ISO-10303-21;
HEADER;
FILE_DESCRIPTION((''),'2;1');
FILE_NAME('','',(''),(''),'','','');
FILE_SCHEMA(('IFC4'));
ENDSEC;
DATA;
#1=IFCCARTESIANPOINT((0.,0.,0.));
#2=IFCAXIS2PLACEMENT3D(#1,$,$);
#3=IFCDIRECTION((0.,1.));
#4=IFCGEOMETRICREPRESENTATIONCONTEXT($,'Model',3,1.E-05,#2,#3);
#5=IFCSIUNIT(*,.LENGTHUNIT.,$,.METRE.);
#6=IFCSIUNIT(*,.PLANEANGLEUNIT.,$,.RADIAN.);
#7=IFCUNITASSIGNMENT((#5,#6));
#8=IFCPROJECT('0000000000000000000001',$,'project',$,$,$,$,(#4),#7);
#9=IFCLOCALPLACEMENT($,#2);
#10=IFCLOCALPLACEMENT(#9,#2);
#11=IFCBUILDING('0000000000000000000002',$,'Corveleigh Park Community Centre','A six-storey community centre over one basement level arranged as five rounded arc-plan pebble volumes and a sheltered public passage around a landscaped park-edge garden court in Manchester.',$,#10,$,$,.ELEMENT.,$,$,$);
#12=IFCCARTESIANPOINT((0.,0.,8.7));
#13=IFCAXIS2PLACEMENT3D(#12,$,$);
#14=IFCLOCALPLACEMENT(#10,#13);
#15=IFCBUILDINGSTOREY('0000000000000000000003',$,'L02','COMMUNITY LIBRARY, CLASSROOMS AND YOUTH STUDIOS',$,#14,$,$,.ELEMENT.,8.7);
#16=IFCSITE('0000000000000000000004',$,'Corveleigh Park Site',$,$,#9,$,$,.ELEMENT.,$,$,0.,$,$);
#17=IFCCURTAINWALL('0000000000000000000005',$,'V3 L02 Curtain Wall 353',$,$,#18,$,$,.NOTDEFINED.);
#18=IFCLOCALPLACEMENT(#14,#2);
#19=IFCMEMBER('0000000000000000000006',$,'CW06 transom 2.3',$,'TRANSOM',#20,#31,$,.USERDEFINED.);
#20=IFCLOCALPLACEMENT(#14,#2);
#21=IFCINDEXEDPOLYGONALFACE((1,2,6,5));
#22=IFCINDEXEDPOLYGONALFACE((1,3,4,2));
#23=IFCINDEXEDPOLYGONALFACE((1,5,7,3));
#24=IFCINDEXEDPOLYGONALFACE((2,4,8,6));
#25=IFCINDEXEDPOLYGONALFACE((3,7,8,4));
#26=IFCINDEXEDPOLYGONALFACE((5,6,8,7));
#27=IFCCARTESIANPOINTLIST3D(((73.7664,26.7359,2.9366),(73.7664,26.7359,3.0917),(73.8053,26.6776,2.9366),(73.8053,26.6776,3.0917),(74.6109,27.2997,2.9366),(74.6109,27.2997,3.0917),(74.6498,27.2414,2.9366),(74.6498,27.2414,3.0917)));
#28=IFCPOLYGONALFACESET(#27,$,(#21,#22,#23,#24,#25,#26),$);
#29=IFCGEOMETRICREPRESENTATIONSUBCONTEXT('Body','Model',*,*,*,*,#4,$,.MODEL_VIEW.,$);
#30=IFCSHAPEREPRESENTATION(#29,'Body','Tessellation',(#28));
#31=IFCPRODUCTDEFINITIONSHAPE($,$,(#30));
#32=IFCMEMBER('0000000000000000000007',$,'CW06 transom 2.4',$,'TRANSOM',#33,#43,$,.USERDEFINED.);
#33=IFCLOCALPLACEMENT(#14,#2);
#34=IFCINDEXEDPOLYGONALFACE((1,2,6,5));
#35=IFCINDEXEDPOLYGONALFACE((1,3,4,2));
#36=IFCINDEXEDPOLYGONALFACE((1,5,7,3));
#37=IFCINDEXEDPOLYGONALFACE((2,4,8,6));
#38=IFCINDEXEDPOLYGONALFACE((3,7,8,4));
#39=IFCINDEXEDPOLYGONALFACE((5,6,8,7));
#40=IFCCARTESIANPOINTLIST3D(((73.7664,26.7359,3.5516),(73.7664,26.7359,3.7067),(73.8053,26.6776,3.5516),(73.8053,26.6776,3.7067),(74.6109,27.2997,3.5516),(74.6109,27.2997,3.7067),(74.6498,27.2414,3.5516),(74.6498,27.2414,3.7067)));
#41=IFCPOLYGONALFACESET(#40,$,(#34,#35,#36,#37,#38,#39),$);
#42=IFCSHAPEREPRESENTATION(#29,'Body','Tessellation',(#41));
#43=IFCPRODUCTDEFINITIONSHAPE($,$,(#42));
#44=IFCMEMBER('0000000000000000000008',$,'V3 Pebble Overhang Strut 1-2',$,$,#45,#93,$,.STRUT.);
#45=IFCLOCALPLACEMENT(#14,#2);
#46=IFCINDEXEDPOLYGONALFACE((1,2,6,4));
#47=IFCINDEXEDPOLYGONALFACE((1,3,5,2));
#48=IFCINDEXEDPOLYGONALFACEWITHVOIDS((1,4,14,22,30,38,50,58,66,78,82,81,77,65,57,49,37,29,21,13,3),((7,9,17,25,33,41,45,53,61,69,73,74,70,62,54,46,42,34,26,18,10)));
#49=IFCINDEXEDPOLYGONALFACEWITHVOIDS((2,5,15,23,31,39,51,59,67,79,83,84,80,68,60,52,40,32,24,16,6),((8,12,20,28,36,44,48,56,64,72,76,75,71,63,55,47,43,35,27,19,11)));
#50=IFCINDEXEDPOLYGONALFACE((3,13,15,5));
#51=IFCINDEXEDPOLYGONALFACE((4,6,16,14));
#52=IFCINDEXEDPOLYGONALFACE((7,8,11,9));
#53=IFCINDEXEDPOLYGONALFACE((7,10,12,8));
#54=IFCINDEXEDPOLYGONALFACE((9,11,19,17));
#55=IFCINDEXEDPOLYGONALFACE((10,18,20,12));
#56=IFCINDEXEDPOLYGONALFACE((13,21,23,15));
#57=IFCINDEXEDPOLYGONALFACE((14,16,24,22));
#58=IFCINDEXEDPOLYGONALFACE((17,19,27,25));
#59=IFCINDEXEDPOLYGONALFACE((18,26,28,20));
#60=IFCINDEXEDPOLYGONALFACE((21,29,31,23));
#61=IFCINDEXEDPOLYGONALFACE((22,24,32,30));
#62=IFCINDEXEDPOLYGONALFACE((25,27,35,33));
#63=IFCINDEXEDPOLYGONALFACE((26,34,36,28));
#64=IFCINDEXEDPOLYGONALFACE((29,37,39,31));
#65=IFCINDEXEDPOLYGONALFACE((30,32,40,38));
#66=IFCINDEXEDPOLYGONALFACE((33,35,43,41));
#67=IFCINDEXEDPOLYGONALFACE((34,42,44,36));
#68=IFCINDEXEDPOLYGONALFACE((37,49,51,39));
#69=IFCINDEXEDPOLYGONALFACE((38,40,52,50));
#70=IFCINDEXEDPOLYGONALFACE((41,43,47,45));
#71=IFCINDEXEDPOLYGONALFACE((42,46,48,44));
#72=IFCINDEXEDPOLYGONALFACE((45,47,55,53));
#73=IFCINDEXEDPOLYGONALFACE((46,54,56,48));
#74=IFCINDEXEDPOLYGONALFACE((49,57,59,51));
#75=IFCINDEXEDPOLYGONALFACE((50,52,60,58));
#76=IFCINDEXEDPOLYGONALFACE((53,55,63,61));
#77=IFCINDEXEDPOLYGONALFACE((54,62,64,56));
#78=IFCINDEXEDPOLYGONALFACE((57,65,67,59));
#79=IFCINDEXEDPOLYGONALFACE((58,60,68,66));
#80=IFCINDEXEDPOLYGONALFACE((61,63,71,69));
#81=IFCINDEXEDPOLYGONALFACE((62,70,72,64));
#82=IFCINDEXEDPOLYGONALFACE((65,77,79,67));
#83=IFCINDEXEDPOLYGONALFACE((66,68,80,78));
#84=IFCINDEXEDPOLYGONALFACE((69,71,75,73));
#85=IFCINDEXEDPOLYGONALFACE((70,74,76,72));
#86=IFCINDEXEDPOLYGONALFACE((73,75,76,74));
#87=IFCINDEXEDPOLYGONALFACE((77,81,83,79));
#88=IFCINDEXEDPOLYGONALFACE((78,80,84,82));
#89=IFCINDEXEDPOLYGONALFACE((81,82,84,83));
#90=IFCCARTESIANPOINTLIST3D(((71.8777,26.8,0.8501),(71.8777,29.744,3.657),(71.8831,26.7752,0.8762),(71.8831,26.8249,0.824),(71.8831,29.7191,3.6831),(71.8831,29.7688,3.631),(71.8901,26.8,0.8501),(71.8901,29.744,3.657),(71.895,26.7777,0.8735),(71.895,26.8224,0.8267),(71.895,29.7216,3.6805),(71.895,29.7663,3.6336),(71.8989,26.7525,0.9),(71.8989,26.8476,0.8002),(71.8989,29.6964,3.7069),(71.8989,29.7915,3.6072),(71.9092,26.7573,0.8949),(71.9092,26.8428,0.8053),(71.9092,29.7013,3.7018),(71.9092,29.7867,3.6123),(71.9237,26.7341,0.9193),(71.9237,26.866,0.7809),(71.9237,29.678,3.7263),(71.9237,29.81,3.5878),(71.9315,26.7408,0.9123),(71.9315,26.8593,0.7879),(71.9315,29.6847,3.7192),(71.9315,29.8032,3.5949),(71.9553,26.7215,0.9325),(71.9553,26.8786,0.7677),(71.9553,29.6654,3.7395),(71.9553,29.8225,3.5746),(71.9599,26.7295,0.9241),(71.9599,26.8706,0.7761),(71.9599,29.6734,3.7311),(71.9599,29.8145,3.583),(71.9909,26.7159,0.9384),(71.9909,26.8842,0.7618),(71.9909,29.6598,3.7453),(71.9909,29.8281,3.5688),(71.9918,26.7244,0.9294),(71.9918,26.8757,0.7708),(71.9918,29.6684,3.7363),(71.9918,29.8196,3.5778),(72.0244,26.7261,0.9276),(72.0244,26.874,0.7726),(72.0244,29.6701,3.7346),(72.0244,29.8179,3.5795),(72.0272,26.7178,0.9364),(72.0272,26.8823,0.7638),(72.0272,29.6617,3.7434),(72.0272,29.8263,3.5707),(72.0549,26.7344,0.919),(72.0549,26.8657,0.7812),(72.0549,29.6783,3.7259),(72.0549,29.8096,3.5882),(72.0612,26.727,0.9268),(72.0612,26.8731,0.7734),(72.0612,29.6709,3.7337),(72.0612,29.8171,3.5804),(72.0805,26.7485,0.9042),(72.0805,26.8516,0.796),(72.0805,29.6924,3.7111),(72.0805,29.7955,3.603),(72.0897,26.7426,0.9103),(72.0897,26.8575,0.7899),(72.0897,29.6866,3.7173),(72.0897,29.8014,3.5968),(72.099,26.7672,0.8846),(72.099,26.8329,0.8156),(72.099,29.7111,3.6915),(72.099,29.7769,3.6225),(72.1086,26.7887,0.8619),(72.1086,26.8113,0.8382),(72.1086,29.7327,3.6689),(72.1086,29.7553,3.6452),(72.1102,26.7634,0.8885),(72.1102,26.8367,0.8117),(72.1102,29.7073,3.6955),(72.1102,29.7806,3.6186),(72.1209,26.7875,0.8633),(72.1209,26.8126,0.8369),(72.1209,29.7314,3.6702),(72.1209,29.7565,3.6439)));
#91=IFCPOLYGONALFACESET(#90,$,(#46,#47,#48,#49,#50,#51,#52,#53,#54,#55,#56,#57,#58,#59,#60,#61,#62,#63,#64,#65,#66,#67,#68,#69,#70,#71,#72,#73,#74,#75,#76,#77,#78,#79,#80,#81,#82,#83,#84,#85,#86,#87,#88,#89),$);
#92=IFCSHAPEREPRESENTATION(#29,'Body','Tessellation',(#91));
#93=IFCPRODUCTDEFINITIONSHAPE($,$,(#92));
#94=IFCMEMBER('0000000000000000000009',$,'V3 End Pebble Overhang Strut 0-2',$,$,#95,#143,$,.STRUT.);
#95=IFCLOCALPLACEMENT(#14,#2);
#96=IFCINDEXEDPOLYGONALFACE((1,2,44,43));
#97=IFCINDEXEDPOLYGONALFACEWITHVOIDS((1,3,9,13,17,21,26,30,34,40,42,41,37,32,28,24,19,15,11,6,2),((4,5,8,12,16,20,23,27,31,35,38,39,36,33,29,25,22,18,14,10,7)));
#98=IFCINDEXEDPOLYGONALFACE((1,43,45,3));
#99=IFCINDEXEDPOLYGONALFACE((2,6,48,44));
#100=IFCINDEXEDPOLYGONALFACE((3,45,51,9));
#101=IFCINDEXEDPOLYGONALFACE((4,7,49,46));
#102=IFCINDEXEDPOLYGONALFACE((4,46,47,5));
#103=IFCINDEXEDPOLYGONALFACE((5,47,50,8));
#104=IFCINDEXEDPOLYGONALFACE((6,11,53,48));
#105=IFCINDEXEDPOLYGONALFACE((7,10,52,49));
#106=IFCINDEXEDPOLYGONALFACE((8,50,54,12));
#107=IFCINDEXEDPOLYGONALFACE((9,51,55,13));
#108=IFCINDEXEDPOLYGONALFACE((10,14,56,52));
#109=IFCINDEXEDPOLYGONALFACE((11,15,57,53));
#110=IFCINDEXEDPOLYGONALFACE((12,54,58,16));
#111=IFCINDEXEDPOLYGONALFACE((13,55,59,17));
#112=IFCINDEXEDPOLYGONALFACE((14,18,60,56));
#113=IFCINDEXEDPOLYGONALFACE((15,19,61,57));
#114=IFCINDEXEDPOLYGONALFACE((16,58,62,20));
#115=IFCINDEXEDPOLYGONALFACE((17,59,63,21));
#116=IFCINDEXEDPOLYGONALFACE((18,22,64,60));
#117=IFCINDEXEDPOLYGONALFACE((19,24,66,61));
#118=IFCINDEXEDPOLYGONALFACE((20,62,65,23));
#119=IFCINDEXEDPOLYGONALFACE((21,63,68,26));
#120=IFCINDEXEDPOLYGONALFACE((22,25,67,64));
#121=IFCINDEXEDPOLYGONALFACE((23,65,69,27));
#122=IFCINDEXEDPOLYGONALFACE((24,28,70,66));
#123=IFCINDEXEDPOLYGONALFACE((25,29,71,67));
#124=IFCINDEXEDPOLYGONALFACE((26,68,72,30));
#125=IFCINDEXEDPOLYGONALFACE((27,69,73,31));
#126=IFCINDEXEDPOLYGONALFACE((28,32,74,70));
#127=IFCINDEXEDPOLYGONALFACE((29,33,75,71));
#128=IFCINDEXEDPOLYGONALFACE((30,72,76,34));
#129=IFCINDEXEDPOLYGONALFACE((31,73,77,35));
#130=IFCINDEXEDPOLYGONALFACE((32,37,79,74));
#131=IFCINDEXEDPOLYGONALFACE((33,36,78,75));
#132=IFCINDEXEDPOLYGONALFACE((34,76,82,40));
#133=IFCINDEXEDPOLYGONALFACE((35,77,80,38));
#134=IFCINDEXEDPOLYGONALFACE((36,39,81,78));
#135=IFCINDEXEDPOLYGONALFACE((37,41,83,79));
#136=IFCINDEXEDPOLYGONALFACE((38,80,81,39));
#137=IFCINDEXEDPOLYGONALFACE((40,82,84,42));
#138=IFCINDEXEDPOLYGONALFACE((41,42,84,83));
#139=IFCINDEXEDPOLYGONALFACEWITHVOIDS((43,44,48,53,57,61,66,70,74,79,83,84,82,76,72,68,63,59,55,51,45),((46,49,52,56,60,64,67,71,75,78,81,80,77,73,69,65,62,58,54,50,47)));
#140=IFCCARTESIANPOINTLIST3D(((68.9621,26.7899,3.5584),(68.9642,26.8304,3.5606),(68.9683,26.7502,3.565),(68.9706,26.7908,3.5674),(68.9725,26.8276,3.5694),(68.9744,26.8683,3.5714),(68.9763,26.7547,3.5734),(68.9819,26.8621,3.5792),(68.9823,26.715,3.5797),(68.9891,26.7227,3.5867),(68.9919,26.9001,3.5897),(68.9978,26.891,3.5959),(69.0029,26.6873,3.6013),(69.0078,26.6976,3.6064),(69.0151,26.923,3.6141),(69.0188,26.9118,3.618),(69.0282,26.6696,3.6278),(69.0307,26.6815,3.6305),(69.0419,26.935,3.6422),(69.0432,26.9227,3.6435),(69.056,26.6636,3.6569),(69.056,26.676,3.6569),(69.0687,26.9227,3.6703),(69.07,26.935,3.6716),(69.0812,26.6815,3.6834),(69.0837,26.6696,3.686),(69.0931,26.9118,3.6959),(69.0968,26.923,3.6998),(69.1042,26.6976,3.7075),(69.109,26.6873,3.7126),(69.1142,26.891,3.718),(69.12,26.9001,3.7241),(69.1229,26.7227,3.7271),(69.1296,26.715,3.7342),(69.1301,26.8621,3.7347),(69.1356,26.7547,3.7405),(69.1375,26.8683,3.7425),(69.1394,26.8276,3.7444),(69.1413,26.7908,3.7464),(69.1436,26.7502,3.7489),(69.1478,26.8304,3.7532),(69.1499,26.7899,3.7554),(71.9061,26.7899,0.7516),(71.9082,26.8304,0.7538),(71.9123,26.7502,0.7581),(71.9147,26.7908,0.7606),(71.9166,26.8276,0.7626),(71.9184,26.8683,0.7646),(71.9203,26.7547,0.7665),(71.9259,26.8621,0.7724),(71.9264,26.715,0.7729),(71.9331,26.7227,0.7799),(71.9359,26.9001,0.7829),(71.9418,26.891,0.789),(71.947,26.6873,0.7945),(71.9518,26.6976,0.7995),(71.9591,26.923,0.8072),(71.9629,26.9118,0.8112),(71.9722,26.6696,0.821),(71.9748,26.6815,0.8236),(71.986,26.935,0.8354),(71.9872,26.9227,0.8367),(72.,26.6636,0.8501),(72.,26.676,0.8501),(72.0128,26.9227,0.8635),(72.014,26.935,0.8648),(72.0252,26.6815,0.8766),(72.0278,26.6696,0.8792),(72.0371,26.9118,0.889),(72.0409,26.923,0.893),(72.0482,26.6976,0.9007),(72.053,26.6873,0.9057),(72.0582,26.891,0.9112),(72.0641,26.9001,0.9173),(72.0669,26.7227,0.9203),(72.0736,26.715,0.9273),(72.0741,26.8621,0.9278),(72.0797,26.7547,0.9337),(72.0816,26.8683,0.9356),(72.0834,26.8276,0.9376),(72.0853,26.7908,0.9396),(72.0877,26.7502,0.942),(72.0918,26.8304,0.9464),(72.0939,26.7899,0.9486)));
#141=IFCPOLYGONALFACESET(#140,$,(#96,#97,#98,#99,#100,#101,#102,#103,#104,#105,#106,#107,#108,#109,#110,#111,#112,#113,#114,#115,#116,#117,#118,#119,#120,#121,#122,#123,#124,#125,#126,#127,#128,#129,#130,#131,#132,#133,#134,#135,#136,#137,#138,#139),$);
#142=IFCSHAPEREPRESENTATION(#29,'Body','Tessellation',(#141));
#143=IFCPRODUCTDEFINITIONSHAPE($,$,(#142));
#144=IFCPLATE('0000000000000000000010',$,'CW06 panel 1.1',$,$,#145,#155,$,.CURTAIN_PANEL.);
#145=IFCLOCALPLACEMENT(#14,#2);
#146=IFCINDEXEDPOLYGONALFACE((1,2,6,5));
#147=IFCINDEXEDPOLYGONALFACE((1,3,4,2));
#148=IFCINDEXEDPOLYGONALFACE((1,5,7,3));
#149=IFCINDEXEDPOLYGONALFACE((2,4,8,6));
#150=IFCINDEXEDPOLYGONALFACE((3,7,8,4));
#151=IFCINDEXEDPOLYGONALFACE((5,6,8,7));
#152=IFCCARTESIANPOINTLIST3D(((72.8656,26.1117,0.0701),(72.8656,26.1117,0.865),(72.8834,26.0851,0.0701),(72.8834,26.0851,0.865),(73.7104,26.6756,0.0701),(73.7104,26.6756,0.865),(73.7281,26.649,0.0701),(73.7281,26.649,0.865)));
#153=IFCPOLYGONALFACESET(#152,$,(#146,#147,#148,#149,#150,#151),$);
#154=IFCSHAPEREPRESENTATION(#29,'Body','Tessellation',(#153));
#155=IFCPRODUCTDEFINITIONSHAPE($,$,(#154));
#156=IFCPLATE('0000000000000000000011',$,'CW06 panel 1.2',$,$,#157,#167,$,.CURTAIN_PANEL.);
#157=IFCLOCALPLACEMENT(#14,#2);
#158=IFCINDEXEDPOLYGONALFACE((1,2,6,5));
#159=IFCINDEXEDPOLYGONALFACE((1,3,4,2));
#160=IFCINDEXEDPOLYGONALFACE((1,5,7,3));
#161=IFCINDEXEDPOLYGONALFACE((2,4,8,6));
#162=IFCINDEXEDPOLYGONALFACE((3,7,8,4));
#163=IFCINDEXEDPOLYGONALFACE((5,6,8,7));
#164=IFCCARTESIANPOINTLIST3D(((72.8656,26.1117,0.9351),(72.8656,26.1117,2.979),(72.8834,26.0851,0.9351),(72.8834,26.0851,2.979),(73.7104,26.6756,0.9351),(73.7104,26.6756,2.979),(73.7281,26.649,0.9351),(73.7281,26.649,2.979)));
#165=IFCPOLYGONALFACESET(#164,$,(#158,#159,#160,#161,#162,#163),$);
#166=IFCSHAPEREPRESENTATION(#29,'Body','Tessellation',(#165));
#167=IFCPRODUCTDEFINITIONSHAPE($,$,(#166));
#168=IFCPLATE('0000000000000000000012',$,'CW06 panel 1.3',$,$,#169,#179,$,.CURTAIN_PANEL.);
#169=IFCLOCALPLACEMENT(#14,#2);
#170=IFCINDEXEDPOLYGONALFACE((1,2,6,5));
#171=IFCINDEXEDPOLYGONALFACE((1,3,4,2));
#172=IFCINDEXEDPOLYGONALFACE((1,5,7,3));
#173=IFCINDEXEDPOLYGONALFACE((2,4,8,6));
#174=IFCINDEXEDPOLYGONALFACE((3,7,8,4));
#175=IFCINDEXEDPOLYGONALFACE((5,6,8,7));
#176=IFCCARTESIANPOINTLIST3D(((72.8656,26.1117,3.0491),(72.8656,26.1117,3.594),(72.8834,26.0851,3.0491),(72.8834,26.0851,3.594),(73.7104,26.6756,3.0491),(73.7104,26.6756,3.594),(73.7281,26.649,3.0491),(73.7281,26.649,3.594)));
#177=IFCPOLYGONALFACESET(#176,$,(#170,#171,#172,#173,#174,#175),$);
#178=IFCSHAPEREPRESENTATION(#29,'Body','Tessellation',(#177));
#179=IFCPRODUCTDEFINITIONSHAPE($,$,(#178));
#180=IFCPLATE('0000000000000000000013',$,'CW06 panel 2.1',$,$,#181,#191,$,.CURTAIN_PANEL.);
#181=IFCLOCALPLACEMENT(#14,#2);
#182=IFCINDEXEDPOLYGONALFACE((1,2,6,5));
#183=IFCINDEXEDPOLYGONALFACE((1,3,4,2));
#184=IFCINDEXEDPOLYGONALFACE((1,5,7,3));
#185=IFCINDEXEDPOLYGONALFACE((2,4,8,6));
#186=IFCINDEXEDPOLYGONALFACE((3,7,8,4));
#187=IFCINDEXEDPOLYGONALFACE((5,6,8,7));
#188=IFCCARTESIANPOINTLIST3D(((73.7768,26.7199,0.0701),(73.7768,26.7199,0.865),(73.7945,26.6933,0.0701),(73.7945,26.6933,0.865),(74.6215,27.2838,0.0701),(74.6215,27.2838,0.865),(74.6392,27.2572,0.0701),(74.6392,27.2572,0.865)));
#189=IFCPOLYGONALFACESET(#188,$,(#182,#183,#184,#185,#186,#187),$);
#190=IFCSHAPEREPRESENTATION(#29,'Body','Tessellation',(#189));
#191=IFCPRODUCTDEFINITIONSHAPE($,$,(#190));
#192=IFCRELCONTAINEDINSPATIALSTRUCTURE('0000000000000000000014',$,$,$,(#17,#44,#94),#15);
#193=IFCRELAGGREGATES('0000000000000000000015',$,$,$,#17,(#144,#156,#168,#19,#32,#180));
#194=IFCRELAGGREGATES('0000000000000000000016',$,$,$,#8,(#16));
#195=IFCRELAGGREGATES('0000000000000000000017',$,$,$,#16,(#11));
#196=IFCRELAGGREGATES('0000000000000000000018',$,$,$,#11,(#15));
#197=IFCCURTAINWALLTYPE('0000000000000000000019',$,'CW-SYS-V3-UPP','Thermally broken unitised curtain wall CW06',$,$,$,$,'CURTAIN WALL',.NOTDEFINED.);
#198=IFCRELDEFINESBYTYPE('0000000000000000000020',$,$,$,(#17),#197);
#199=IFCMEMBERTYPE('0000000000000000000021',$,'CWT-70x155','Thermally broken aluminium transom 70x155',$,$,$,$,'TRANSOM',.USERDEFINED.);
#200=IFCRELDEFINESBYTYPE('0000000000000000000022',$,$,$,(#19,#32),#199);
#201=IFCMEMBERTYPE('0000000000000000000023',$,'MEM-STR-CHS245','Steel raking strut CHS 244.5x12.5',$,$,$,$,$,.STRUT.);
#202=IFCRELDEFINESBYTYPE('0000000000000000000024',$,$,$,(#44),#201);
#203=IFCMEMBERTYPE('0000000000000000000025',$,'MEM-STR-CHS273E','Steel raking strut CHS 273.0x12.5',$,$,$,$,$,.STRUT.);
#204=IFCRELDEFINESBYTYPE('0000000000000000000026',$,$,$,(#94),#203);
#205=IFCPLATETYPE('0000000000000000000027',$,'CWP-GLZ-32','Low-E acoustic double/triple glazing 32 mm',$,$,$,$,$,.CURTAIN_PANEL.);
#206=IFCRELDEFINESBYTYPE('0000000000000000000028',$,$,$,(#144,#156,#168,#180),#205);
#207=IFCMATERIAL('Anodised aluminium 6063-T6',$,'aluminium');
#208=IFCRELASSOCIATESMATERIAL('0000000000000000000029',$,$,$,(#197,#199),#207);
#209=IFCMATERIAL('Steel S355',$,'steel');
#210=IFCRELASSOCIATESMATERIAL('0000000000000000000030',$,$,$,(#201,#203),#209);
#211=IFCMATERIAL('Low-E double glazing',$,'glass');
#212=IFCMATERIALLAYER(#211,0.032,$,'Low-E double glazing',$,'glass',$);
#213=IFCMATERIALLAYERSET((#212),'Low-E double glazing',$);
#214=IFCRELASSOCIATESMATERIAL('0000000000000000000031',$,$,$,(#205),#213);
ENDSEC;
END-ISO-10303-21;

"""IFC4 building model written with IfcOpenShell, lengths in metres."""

from ifc_helpers import new_model, si_unit, direction, frame, origin, origin_2d, place, context, subcontext, project, spatial, rectangle, hollow_circle, extrude, material, layer, layer_set, material_profile, profile_set, type_object, element, aggregate, save


model = new_model("IFC4")

# Units and contexts
model_context = context("Model", 3, precision=1e-05, world=origin(), true_north=direction((0.0, 1.0)))
body_context = subcontext(model_context, "Body", "Model", "MODEL_VIEW")
ifc_project = project(units=[si_unit("LENGTHUNIT", "METRE"), si_unit("PLANEANGLEUNIT", "RADIAN")], contexts=[model_context])

# Site, building, storey
site_placement = place(None, origin())
site = spatial("IfcSite", under=ifc_project, at=site_placement, Name="Corveleigh Park Site", CompositionType="ELEMENT", RefElevation=0.0)
building_placement = place(site_placement, origin())
building = spatial("IfcBuilding", under=site, at=building_placement, Name="Corveleigh Park Community Centre", Description="A six-storey community centre over one basement level arranged as five rounded arc-plan pebble volumes and a sheltered public passage around a landscaped park-edge garden court in Manchester.", CompositionType="ELEMENT")
storey_placement = place(building_placement, frame((0.0, 0.0, 8.7)))
storey = spatial("IfcBuildingStorey", under=building, at=storey_placement, Name="L02", Description="COMMUNITY LIBRARY, CLASSROOMS AND YOUTH STUDIOS", CompositionType="ELEMENT", Elevation=8.7)

# Shared definitions
ifc_material_1 = material(Name="Steel S355", Category="steel")

# Curtain wall, members
ifc_material_2 = material(Name="Anodised aluminium 6063-T6", Category="aluminium")
curtain_wall_type = type_object("IfcCurtainWallType", Name="CW-SYS-V3-UPP", Description="Thermally broken unitised curtain wall CW06", ElementType="CURTAIN WALL", PredefinedType="NOTDEFINED", material=ifc_material_2)
curtain_wall_placement = place(storey_placement, origin())
curtain_wall = element("IfcCurtainWall", 1, at=curtain_wall_placement, inside=storey, type_object=curtain_wall_type, Name="V3 L02 Curtain Wall 353", PredefinedType="NOTDEFINED")
ifc_material_profile_1 = material_profile(ifc_material_2, rectangle(XDim=0.0701, YDim=0.155, at=origin_2d()), Name="ALU-T70x155", Category="aluminium")
ifc_profile_set_1 = profile_set([ifc_material_profile_1], Name="Anodised aluminium 6063-T6")
member_type_1 = type_object("IfcMemberType", Name="CWT-70x155", Description="Thermally broken aluminium transom 70x155", ElementType="TRANSOM", PredefinedType="USERDEFINED", material=ifc_profile_set_1)
member_1_placement = place(storey_placement, frame((73.7859, 26.7068, 3.0142), z_axis=(0.831717, 0.555199, 0.0), x_axis=(-0.555199, 0.831717, 0.0)))
member_1 = element("IfcMember", 2, at=member_1_placement, type_object=member_type_1, Name="CW06 transom 2.3", ObjectType="TRANSOM", PredefinedType="USERDEFINED", context=body_context, shape_type="SweptSolid", body=[
    extrude(rectangle(XDim=0.0701, YDim=0.155, at=origin_2d()), origin(), (0.0, 0.0, 1.0), 1.0154),
])
member_2_placement = place(storey_placement, frame((73.7859, 26.7068, 3.6292), z_axis=(0.831717, 0.555199, 0.0), x_axis=(-0.555199, 0.831717, 0.0)))
member_2 = element("IfcMember", 3, at=member_2_placement, type_object=member_type_1, Name="CW06 transom 2.4", ObjectType="TRANSOM", PredefinedType="USERDEFINED", context=body_context, shape_type="SweptSolid", body=[
    extrude(rectangle(XDim=0.0701, YDim=0.155, at=origin_2d()), origin(), (0.0, 0.0, 1.0), 1.0154),
])

# Members
ifc_material_profile_2 = material_profile(ifc_material_1, hollow_circle(Radius=0.1223, WallThickness=0.0125, at=origin_2d()), Name="CHS 244.5x12.5", Category="steel")
ifc_profile_set_2 = profile_set([ifc_material_profile_2], Name="Steel S355")
member_type_2 = type_object("IfcMemberType", Name="MEM-STR-CHS245", Description="Steel raking strut CHS 244.5x12.5", PredefinedType="STRUT", material=ifc_profile_set_2)
member_3_placement = place(storey_placement, frame((72.0, 26.8, 0.8501), z_axis=(0.0, 0.723742, 0.69007), x_axis=(-1.0, 0.0, 0.0)))
element("IfcMember", 4, at=member_3_placement, inside=storey, type_object=member_type_2, Name="V3 Pebble Overhang Strut 1-2", PredefinedType="STRUT", context=body_context, shape_type="SweptSolid", body=[
    extrude(hollow_circle(Radius=0.1223, WallThickness=0.0125, at=origin_2d()), origin(), (0.0, 0.0, 1.0), 4.0676),
])
ifc_material_profile_3 = material_profile(ifc_material_1, hollow_circle(Radius=0.1365, WallThickness=0.0125, at=origin_2d()), Name="CHS 273.0x12.5", Category="steel")
ifc_profile_set_3 = profile_set([ifc_material_profile_3], Name="Steel S355")
member_type_3 = type_object("IfcMemberType", Name="MEM-STR-CHS273E", Description="Steel raking strut CHS 273.0x12.5", PredefinedType="STRUT", material=ifc_profile_set_3)
member_4_placement = place(storey_placement, frame((72.0, 26.8, 0.8501), z_axis=(-0.723771, 0.0, 0.69004), x_axis=(0.0, -1.0, 0.0)))
element("IfcMember", 5, at=member_4_placement, inside=storey, type_object=member_type_3, Name="V3 End Pebble Overhang Strut 0-2", PredefinedType="STRUT", context=body_context, shape_type="SweptSolid", body=[
    extrude(hollow_circle(Radius=0.1365, WallThickness=0.0125, at=origin_2d()), origin(), (0.0, 0.0, 1.0), 4.0676),
])

# Plates
ifc_material_3 = material(Name="Low-E double glazing", Category="glass")
ifc_layer_1 = layer(ifc_material_3, 0.032, Name="Low-E double glazing", Category="glass")
ifc_layer_set_1 = layer_set([ifc_layer_1], Name="Low-E double glazing")
plate_type_1 = type_object("IfcPlateType", Name="CWP-GLZ-32", Description="Low-E acoustic double/triple glazing 32 mm", PredefinedType="CURTAIN_PANEL", material=ifc_layer_set_1)
plate_1_placement = place(storey_placement, frame((73.2969, 26.3804, 0.0701), z_axis=(0.0, 0.0, 1.0), x_axis=(0.831711, 0.555208, 0.0)))
plate_1 = element("IfcPlate", 6, at=plate_1_placement, type_object=plate_type_1, Name="CW06 panel 1.1", PredefinedType="CURTAIN_PANEL", context=body_context, shape_type="SweptSolid", body=[
    extrude(rectangle(XDim=1.0156, YDim=0.032, at=origin_2d()), origin(), (0.0, 0.0, 1.0), 0.7949),
])
plate_2_placement = place(storey_placement, frame((73.2969, 26.3804, 0.9351), z_axis=(0.0, 0.0, 1.0), x_axis=(0.831711, 0.555208, 0.0)))
plate_2 = element("IfcPlate", 7, at=plate_2_placement, type_object=plate_type_1, Name="CW06 panel 1.2", PredefinedType="CURTAIN_PANEL", context=body_context, shape_type="SweptSolid", body=[
    extrude(rectangle(XDim=1.0156, YDim=0.032, at=origin_2d()), origin(), (0.0, 0.0, 1.0), 2.0439),
])
plate_3_placement = place(storey_placement, frame((73.2969, 26.3804, 3.0491), z_axis=(0.0, 0.0, 1.0), x_axis=(0.831711, 0.555208, 0.0)))
plate_3 = element("IfcPlate", 8, at=plate_3_placement, type_object=plate_type_1, Name="CW06 panel 1.3", PredefinedType="CURTAIN_PANEL", context=body_context, shape_type="SweptSolid", body=[
    extrude(rectangle(XDim=1.0156, YDim=0.032, at=origin_2d()), origin(), (0.0, 0.0, 1.0), 0.5449),
])
plate_4_placement = place(storey_placement, frame((74.208, 26.9885, 0.0701), z_axis=(0.0, 0.0, 1.0), x_axis=(0.831711, 0.555208, 0.0)))
plate_4 = element("IfcPlate", 9, at=plate_4_placement, type_object=plate_type_1, Name="CW06 panel 2.1", PredefinedType="CURTAIN_PANEL", context=body_context, shape_type="SweptSolid", body=[
    extrude(rectangle(XDim=1.0156, YDim=0.032, at=origin_2d()), origin(), (0.0, 0.0, 1.0), 0.7949),
])
aggregate(curtain_wall, [plate_1, plate_2, plate_3, member_1, member_2, plate_4])

save(model, "model.ifc")
